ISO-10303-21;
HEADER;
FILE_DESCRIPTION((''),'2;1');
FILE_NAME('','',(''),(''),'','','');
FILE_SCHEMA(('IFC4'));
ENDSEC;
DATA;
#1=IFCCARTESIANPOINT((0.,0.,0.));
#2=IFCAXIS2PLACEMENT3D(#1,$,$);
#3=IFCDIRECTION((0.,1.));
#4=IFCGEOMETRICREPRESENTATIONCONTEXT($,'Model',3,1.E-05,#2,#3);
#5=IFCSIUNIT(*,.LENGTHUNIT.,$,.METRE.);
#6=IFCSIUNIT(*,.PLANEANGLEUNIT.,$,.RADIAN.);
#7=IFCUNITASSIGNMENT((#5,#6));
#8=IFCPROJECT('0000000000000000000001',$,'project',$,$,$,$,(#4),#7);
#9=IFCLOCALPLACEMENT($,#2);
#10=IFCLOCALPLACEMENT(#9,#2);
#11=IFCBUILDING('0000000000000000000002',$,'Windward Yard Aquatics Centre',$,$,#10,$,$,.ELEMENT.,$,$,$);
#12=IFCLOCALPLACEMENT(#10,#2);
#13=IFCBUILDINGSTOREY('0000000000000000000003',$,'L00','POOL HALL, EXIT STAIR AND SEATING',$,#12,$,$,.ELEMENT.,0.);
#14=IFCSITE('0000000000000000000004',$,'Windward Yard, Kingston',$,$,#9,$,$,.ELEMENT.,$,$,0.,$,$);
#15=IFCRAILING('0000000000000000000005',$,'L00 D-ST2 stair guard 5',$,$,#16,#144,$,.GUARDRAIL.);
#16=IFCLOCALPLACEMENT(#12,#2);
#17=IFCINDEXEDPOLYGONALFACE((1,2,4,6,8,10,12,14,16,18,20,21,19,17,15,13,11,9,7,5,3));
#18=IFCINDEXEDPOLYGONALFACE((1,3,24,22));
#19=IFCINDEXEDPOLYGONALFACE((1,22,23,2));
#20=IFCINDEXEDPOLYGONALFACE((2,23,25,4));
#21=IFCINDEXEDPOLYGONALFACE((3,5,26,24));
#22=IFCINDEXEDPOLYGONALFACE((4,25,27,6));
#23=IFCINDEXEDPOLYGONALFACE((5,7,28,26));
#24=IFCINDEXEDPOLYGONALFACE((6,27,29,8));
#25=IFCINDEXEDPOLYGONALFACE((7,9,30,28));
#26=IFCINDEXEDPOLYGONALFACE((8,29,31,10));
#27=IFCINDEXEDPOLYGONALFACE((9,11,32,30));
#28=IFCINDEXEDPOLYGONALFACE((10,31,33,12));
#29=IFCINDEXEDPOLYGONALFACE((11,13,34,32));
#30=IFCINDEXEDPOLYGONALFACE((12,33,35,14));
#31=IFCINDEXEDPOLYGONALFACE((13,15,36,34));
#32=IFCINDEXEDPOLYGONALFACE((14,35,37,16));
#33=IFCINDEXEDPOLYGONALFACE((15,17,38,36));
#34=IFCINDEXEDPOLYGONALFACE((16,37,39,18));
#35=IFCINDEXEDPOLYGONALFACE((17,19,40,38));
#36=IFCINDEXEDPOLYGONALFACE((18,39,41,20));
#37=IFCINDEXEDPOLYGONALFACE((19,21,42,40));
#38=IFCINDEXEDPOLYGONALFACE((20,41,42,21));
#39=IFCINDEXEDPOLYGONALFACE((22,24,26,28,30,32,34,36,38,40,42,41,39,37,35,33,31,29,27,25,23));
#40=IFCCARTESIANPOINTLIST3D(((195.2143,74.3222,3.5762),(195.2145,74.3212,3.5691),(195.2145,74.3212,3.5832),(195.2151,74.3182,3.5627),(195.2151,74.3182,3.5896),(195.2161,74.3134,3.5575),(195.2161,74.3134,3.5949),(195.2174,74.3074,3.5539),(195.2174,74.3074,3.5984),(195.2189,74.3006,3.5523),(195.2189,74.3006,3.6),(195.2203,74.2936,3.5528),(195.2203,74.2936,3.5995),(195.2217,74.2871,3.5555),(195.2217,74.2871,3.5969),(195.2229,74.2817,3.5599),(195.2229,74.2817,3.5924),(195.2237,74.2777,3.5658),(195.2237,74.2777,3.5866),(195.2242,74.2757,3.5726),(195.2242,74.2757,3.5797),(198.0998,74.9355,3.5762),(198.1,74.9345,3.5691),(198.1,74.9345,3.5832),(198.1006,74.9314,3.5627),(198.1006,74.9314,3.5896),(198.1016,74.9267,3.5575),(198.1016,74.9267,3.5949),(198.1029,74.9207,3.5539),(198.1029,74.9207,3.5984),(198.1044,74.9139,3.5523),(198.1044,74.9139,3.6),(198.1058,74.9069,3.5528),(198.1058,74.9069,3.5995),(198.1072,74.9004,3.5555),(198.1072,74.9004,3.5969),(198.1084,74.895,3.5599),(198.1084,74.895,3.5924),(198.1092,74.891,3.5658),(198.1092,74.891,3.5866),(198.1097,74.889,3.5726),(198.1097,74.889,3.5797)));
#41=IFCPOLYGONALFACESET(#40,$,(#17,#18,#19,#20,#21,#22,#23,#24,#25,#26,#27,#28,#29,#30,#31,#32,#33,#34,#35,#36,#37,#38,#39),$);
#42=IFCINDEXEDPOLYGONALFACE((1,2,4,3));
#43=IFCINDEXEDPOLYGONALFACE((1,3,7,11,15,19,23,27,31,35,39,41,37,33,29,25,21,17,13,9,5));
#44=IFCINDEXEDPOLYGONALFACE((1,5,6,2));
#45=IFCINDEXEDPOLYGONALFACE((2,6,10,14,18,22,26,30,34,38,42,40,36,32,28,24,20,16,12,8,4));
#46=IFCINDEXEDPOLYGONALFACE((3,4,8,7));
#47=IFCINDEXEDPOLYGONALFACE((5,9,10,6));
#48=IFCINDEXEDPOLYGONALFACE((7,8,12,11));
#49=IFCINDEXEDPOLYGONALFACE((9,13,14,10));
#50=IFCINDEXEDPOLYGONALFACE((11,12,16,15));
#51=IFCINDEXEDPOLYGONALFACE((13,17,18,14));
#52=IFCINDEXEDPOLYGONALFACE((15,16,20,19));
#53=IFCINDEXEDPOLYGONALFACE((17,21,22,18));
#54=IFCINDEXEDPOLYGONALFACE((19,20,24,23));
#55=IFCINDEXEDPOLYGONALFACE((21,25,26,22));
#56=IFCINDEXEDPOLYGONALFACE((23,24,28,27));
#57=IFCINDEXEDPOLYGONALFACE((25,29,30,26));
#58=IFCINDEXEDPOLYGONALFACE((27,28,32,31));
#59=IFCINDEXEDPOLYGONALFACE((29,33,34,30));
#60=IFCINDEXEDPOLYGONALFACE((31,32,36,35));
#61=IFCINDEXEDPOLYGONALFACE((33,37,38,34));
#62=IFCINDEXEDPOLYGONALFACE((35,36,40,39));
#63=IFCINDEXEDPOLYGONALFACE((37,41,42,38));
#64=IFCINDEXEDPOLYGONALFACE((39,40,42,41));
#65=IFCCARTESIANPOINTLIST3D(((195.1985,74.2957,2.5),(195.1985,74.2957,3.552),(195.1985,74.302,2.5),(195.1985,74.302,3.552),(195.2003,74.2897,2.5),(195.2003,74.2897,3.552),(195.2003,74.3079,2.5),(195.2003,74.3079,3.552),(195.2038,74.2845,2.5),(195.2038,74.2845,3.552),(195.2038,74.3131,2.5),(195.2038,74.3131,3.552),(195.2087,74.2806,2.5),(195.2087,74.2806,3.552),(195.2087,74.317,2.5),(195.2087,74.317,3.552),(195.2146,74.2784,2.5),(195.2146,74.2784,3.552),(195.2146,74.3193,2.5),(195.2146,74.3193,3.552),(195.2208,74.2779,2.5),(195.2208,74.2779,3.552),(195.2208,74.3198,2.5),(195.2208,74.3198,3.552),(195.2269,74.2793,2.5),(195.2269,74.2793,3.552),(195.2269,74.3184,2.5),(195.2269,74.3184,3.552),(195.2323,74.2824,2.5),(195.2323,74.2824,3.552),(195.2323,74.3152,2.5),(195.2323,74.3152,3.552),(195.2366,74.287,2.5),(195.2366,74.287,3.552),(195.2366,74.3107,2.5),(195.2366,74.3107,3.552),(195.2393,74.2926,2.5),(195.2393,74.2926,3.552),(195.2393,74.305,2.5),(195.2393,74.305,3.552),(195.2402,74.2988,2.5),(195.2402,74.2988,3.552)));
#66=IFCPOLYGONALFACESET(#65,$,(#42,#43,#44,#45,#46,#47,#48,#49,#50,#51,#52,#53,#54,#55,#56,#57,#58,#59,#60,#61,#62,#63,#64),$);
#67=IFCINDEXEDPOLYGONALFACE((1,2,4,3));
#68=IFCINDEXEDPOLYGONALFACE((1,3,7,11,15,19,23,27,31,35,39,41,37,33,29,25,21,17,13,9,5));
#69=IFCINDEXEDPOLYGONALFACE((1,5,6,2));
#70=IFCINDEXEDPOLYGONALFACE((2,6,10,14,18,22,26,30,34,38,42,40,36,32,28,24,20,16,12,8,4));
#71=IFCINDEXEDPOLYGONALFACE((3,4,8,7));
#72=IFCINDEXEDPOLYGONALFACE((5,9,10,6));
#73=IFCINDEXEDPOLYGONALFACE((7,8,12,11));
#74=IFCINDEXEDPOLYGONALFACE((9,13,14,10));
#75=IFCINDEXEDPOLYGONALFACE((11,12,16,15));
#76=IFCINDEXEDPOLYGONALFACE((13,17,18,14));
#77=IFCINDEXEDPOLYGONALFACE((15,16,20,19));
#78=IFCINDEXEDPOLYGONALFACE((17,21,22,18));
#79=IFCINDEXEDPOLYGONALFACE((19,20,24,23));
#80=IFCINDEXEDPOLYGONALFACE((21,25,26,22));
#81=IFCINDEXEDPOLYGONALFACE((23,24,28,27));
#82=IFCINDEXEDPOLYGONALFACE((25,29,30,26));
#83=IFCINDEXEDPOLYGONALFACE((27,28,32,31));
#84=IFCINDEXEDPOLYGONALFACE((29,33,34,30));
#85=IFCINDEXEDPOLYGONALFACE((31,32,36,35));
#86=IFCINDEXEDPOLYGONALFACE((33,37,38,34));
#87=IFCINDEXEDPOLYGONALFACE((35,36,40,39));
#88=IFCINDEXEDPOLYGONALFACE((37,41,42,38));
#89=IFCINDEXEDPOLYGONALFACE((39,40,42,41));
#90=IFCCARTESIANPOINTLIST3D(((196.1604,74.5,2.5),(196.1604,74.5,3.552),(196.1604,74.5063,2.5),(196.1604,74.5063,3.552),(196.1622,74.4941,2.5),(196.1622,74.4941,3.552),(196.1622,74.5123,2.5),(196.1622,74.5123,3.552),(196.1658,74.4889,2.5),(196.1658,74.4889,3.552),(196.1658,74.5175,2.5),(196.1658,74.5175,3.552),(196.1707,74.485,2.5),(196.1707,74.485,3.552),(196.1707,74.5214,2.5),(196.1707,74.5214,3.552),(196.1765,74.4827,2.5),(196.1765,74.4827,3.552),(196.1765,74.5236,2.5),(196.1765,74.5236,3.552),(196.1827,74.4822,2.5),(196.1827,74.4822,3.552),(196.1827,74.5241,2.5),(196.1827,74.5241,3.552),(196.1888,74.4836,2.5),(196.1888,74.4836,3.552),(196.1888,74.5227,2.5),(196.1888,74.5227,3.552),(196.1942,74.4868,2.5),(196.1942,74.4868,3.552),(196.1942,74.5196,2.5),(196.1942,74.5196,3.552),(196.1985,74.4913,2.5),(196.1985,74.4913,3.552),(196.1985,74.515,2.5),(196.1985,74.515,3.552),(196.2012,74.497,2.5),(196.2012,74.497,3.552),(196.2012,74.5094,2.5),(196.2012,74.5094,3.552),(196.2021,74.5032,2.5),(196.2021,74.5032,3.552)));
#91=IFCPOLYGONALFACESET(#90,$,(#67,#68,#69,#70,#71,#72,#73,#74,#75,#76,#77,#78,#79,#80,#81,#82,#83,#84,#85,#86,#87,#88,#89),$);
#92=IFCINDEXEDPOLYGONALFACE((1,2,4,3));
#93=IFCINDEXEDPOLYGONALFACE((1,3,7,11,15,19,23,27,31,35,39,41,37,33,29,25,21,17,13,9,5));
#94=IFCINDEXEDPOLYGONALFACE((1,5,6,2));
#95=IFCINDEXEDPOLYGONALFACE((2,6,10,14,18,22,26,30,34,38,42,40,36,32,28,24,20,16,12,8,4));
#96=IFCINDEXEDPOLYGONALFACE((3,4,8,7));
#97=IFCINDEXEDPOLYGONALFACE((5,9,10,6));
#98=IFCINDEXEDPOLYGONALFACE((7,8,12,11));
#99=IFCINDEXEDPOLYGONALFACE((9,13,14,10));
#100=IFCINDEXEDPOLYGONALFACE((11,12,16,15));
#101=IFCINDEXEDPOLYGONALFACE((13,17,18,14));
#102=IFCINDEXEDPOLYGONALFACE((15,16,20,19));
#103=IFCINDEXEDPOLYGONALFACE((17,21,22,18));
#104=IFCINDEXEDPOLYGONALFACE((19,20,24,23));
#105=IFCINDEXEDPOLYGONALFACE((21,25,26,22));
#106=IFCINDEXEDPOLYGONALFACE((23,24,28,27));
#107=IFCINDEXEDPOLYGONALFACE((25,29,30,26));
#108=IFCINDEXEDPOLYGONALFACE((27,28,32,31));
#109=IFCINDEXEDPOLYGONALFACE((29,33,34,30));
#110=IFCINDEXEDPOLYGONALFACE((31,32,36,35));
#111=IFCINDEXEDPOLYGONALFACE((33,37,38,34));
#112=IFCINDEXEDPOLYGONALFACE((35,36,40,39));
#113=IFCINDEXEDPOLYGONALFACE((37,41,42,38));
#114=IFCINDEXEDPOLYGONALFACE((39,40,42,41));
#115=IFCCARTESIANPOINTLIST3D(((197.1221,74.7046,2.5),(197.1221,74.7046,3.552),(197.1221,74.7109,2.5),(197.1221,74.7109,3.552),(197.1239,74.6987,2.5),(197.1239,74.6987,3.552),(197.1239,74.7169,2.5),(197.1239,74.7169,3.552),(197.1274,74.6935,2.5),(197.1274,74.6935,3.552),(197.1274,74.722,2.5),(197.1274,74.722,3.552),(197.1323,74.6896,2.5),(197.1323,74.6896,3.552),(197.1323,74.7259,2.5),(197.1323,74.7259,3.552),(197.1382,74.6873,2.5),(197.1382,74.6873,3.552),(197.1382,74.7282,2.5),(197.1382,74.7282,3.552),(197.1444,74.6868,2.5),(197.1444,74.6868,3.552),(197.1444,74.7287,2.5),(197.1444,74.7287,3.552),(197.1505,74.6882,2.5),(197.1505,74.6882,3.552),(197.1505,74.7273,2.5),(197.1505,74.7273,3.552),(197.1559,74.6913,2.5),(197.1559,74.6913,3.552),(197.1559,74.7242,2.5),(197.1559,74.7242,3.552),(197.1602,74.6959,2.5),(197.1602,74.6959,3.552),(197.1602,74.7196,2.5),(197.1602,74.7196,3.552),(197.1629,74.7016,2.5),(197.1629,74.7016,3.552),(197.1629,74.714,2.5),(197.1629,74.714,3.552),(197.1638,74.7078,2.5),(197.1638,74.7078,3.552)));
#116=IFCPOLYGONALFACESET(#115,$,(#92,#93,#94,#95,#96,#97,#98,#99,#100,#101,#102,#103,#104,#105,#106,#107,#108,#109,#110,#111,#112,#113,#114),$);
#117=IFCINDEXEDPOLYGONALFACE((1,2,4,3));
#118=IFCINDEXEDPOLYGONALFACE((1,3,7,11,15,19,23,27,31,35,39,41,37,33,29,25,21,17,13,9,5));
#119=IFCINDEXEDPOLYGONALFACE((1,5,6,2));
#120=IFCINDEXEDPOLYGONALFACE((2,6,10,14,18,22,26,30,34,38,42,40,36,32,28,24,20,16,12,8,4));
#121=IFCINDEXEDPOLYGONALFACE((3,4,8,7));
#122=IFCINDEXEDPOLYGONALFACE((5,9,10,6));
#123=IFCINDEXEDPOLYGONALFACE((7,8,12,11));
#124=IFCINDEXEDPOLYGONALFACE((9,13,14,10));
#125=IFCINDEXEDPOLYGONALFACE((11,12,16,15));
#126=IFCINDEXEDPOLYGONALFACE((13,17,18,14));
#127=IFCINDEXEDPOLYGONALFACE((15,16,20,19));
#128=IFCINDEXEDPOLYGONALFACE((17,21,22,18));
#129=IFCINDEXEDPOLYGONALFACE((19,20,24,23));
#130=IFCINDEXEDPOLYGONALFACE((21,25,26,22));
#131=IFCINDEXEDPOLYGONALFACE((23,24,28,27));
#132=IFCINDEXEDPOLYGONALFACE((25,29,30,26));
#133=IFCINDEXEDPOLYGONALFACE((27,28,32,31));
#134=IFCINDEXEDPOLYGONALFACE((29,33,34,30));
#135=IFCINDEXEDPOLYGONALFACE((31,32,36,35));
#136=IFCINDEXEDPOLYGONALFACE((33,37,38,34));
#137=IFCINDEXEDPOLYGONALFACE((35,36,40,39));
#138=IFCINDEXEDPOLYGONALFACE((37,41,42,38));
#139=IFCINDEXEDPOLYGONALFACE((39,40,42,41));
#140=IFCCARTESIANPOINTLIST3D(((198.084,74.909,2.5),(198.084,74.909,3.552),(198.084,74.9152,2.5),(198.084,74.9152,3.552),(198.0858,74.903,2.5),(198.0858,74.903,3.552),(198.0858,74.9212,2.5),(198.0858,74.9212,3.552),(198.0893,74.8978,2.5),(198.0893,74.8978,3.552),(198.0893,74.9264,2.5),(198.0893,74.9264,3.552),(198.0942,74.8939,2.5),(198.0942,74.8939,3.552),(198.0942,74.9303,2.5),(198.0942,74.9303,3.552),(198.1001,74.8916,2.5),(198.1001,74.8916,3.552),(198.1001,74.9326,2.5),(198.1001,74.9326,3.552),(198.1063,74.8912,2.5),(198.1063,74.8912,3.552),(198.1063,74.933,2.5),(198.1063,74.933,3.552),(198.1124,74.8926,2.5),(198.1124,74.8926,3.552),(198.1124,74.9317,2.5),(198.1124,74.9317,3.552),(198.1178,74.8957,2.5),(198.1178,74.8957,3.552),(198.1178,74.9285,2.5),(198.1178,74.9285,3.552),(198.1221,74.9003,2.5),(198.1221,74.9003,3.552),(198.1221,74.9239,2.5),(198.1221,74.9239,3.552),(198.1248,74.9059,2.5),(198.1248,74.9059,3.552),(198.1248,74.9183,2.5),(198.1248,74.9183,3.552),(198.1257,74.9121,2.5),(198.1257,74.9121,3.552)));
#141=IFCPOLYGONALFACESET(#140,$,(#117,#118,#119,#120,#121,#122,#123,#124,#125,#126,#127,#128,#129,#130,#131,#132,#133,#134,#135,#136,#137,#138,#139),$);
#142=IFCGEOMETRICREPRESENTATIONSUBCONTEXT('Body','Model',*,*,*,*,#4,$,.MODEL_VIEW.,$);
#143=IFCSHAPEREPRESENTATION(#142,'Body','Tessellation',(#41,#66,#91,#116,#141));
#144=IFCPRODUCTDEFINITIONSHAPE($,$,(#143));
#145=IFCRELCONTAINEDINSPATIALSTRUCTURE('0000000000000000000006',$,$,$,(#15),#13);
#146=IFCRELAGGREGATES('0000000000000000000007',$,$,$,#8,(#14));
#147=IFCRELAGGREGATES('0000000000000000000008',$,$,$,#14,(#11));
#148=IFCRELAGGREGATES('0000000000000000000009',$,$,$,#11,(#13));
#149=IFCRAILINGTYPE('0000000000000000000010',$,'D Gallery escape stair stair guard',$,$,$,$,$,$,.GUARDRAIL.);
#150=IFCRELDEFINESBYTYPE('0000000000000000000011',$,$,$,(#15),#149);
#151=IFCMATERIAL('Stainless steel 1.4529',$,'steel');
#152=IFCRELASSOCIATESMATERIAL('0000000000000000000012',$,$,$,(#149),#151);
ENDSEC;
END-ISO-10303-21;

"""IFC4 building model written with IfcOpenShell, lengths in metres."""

from ifc_helpers import new_model, si_unit, direction, frame, origin, origin_2d, place, context, subcontext, project, spatial, circle, extrude, material, type_object, element, save


model = new_model("IFC4")

# Units and contexts
model_context = context("Model", 3, precision=1e-05, world=origin(), true_north=direction((0.0, 1.0)))
body_context = subcontext(model_context, "Body", "Model", "MODEL_VIEW")
ifc_project = project(units=[si_unit("LENGTHUNIT", "METRE"), si_unit("PLANEANGLEUNIT", "RADIAN")], contexts=[model_context])

# Site, building, storey
site_placement = place(None, origin())
site = spatial("IfcSite", under=ifc_project, at=site_placement, Name="Windward Yard, Kingston", CompositionType="ELEMENT", RefElevation=0.0)
building_placement = place(site_placement, origin())
building = spatial("IfcBuilding", under=site, at=building_placement, Name="Windward Yard Aquatics Centre", CompositionType="ELEMENT")
storey_placement = place(building_placement, origin())
storey = spatial("IfcBuildingStorey", under=building, at=storey_placement, Name="L00", Description="POOL HALL, EXIT STAIR AND SEATING", CompositionType="ELEMENT", Elevation=0.0)

# Railing
ifc_material_1 = material(Name="Stainless steel 1.4529", Category="steel")
railing_type_1 = type_object("IfcRailingType", Name="D Gallery escape stair stair guard", PredefinedType="GUARDRAIL", material=ifc_material_1)
railing_1_placement = place(storey_placement, frame((195.2192, 74.2988, 2.5)))
element("IfcRailing", 1, at=railing_1_placement, inside=storey, type_object=railing_type_1, Name="L00 D-ST2 stair guard 5", PredefinedType="GUARDRAIL", context=body_context, shape_type="SweptSolid", body=[
    extrude(circle(Radius=0.0239, at=origin_2d()), frame((0.0, 0.0, 1.0762), z_axis=(0.978151, 0.207895, 0.0), x_axis=(-0.207895, 0.978151, 0.0)), (0.0, 0.0, 1.0), 2.95),
    extrude(circle(Radius=0.021, at=origin_2d()), origin(), (0.0, 0.0, 1.0), 1.052),
    extrude(circle(Radius=0.021, at=origin_2d()), frame((0.9619, 0.2043, 0.0)), (0.0, 0.0, 1.0), 1.052),
    extrude(circle(Radius=0.021, at=origin_2d()), frame((1.9236, 0.4089, 0.0)), (0.0, 0.0, 1.0), 1.052),
    extrude(circle(Radius=0.021, at=origin_2d()), frame((2.8855, 0.6133, 0.0)), (0.0, 0.0, 1.0), 1.052),
])

save(model, "model.ifc")
